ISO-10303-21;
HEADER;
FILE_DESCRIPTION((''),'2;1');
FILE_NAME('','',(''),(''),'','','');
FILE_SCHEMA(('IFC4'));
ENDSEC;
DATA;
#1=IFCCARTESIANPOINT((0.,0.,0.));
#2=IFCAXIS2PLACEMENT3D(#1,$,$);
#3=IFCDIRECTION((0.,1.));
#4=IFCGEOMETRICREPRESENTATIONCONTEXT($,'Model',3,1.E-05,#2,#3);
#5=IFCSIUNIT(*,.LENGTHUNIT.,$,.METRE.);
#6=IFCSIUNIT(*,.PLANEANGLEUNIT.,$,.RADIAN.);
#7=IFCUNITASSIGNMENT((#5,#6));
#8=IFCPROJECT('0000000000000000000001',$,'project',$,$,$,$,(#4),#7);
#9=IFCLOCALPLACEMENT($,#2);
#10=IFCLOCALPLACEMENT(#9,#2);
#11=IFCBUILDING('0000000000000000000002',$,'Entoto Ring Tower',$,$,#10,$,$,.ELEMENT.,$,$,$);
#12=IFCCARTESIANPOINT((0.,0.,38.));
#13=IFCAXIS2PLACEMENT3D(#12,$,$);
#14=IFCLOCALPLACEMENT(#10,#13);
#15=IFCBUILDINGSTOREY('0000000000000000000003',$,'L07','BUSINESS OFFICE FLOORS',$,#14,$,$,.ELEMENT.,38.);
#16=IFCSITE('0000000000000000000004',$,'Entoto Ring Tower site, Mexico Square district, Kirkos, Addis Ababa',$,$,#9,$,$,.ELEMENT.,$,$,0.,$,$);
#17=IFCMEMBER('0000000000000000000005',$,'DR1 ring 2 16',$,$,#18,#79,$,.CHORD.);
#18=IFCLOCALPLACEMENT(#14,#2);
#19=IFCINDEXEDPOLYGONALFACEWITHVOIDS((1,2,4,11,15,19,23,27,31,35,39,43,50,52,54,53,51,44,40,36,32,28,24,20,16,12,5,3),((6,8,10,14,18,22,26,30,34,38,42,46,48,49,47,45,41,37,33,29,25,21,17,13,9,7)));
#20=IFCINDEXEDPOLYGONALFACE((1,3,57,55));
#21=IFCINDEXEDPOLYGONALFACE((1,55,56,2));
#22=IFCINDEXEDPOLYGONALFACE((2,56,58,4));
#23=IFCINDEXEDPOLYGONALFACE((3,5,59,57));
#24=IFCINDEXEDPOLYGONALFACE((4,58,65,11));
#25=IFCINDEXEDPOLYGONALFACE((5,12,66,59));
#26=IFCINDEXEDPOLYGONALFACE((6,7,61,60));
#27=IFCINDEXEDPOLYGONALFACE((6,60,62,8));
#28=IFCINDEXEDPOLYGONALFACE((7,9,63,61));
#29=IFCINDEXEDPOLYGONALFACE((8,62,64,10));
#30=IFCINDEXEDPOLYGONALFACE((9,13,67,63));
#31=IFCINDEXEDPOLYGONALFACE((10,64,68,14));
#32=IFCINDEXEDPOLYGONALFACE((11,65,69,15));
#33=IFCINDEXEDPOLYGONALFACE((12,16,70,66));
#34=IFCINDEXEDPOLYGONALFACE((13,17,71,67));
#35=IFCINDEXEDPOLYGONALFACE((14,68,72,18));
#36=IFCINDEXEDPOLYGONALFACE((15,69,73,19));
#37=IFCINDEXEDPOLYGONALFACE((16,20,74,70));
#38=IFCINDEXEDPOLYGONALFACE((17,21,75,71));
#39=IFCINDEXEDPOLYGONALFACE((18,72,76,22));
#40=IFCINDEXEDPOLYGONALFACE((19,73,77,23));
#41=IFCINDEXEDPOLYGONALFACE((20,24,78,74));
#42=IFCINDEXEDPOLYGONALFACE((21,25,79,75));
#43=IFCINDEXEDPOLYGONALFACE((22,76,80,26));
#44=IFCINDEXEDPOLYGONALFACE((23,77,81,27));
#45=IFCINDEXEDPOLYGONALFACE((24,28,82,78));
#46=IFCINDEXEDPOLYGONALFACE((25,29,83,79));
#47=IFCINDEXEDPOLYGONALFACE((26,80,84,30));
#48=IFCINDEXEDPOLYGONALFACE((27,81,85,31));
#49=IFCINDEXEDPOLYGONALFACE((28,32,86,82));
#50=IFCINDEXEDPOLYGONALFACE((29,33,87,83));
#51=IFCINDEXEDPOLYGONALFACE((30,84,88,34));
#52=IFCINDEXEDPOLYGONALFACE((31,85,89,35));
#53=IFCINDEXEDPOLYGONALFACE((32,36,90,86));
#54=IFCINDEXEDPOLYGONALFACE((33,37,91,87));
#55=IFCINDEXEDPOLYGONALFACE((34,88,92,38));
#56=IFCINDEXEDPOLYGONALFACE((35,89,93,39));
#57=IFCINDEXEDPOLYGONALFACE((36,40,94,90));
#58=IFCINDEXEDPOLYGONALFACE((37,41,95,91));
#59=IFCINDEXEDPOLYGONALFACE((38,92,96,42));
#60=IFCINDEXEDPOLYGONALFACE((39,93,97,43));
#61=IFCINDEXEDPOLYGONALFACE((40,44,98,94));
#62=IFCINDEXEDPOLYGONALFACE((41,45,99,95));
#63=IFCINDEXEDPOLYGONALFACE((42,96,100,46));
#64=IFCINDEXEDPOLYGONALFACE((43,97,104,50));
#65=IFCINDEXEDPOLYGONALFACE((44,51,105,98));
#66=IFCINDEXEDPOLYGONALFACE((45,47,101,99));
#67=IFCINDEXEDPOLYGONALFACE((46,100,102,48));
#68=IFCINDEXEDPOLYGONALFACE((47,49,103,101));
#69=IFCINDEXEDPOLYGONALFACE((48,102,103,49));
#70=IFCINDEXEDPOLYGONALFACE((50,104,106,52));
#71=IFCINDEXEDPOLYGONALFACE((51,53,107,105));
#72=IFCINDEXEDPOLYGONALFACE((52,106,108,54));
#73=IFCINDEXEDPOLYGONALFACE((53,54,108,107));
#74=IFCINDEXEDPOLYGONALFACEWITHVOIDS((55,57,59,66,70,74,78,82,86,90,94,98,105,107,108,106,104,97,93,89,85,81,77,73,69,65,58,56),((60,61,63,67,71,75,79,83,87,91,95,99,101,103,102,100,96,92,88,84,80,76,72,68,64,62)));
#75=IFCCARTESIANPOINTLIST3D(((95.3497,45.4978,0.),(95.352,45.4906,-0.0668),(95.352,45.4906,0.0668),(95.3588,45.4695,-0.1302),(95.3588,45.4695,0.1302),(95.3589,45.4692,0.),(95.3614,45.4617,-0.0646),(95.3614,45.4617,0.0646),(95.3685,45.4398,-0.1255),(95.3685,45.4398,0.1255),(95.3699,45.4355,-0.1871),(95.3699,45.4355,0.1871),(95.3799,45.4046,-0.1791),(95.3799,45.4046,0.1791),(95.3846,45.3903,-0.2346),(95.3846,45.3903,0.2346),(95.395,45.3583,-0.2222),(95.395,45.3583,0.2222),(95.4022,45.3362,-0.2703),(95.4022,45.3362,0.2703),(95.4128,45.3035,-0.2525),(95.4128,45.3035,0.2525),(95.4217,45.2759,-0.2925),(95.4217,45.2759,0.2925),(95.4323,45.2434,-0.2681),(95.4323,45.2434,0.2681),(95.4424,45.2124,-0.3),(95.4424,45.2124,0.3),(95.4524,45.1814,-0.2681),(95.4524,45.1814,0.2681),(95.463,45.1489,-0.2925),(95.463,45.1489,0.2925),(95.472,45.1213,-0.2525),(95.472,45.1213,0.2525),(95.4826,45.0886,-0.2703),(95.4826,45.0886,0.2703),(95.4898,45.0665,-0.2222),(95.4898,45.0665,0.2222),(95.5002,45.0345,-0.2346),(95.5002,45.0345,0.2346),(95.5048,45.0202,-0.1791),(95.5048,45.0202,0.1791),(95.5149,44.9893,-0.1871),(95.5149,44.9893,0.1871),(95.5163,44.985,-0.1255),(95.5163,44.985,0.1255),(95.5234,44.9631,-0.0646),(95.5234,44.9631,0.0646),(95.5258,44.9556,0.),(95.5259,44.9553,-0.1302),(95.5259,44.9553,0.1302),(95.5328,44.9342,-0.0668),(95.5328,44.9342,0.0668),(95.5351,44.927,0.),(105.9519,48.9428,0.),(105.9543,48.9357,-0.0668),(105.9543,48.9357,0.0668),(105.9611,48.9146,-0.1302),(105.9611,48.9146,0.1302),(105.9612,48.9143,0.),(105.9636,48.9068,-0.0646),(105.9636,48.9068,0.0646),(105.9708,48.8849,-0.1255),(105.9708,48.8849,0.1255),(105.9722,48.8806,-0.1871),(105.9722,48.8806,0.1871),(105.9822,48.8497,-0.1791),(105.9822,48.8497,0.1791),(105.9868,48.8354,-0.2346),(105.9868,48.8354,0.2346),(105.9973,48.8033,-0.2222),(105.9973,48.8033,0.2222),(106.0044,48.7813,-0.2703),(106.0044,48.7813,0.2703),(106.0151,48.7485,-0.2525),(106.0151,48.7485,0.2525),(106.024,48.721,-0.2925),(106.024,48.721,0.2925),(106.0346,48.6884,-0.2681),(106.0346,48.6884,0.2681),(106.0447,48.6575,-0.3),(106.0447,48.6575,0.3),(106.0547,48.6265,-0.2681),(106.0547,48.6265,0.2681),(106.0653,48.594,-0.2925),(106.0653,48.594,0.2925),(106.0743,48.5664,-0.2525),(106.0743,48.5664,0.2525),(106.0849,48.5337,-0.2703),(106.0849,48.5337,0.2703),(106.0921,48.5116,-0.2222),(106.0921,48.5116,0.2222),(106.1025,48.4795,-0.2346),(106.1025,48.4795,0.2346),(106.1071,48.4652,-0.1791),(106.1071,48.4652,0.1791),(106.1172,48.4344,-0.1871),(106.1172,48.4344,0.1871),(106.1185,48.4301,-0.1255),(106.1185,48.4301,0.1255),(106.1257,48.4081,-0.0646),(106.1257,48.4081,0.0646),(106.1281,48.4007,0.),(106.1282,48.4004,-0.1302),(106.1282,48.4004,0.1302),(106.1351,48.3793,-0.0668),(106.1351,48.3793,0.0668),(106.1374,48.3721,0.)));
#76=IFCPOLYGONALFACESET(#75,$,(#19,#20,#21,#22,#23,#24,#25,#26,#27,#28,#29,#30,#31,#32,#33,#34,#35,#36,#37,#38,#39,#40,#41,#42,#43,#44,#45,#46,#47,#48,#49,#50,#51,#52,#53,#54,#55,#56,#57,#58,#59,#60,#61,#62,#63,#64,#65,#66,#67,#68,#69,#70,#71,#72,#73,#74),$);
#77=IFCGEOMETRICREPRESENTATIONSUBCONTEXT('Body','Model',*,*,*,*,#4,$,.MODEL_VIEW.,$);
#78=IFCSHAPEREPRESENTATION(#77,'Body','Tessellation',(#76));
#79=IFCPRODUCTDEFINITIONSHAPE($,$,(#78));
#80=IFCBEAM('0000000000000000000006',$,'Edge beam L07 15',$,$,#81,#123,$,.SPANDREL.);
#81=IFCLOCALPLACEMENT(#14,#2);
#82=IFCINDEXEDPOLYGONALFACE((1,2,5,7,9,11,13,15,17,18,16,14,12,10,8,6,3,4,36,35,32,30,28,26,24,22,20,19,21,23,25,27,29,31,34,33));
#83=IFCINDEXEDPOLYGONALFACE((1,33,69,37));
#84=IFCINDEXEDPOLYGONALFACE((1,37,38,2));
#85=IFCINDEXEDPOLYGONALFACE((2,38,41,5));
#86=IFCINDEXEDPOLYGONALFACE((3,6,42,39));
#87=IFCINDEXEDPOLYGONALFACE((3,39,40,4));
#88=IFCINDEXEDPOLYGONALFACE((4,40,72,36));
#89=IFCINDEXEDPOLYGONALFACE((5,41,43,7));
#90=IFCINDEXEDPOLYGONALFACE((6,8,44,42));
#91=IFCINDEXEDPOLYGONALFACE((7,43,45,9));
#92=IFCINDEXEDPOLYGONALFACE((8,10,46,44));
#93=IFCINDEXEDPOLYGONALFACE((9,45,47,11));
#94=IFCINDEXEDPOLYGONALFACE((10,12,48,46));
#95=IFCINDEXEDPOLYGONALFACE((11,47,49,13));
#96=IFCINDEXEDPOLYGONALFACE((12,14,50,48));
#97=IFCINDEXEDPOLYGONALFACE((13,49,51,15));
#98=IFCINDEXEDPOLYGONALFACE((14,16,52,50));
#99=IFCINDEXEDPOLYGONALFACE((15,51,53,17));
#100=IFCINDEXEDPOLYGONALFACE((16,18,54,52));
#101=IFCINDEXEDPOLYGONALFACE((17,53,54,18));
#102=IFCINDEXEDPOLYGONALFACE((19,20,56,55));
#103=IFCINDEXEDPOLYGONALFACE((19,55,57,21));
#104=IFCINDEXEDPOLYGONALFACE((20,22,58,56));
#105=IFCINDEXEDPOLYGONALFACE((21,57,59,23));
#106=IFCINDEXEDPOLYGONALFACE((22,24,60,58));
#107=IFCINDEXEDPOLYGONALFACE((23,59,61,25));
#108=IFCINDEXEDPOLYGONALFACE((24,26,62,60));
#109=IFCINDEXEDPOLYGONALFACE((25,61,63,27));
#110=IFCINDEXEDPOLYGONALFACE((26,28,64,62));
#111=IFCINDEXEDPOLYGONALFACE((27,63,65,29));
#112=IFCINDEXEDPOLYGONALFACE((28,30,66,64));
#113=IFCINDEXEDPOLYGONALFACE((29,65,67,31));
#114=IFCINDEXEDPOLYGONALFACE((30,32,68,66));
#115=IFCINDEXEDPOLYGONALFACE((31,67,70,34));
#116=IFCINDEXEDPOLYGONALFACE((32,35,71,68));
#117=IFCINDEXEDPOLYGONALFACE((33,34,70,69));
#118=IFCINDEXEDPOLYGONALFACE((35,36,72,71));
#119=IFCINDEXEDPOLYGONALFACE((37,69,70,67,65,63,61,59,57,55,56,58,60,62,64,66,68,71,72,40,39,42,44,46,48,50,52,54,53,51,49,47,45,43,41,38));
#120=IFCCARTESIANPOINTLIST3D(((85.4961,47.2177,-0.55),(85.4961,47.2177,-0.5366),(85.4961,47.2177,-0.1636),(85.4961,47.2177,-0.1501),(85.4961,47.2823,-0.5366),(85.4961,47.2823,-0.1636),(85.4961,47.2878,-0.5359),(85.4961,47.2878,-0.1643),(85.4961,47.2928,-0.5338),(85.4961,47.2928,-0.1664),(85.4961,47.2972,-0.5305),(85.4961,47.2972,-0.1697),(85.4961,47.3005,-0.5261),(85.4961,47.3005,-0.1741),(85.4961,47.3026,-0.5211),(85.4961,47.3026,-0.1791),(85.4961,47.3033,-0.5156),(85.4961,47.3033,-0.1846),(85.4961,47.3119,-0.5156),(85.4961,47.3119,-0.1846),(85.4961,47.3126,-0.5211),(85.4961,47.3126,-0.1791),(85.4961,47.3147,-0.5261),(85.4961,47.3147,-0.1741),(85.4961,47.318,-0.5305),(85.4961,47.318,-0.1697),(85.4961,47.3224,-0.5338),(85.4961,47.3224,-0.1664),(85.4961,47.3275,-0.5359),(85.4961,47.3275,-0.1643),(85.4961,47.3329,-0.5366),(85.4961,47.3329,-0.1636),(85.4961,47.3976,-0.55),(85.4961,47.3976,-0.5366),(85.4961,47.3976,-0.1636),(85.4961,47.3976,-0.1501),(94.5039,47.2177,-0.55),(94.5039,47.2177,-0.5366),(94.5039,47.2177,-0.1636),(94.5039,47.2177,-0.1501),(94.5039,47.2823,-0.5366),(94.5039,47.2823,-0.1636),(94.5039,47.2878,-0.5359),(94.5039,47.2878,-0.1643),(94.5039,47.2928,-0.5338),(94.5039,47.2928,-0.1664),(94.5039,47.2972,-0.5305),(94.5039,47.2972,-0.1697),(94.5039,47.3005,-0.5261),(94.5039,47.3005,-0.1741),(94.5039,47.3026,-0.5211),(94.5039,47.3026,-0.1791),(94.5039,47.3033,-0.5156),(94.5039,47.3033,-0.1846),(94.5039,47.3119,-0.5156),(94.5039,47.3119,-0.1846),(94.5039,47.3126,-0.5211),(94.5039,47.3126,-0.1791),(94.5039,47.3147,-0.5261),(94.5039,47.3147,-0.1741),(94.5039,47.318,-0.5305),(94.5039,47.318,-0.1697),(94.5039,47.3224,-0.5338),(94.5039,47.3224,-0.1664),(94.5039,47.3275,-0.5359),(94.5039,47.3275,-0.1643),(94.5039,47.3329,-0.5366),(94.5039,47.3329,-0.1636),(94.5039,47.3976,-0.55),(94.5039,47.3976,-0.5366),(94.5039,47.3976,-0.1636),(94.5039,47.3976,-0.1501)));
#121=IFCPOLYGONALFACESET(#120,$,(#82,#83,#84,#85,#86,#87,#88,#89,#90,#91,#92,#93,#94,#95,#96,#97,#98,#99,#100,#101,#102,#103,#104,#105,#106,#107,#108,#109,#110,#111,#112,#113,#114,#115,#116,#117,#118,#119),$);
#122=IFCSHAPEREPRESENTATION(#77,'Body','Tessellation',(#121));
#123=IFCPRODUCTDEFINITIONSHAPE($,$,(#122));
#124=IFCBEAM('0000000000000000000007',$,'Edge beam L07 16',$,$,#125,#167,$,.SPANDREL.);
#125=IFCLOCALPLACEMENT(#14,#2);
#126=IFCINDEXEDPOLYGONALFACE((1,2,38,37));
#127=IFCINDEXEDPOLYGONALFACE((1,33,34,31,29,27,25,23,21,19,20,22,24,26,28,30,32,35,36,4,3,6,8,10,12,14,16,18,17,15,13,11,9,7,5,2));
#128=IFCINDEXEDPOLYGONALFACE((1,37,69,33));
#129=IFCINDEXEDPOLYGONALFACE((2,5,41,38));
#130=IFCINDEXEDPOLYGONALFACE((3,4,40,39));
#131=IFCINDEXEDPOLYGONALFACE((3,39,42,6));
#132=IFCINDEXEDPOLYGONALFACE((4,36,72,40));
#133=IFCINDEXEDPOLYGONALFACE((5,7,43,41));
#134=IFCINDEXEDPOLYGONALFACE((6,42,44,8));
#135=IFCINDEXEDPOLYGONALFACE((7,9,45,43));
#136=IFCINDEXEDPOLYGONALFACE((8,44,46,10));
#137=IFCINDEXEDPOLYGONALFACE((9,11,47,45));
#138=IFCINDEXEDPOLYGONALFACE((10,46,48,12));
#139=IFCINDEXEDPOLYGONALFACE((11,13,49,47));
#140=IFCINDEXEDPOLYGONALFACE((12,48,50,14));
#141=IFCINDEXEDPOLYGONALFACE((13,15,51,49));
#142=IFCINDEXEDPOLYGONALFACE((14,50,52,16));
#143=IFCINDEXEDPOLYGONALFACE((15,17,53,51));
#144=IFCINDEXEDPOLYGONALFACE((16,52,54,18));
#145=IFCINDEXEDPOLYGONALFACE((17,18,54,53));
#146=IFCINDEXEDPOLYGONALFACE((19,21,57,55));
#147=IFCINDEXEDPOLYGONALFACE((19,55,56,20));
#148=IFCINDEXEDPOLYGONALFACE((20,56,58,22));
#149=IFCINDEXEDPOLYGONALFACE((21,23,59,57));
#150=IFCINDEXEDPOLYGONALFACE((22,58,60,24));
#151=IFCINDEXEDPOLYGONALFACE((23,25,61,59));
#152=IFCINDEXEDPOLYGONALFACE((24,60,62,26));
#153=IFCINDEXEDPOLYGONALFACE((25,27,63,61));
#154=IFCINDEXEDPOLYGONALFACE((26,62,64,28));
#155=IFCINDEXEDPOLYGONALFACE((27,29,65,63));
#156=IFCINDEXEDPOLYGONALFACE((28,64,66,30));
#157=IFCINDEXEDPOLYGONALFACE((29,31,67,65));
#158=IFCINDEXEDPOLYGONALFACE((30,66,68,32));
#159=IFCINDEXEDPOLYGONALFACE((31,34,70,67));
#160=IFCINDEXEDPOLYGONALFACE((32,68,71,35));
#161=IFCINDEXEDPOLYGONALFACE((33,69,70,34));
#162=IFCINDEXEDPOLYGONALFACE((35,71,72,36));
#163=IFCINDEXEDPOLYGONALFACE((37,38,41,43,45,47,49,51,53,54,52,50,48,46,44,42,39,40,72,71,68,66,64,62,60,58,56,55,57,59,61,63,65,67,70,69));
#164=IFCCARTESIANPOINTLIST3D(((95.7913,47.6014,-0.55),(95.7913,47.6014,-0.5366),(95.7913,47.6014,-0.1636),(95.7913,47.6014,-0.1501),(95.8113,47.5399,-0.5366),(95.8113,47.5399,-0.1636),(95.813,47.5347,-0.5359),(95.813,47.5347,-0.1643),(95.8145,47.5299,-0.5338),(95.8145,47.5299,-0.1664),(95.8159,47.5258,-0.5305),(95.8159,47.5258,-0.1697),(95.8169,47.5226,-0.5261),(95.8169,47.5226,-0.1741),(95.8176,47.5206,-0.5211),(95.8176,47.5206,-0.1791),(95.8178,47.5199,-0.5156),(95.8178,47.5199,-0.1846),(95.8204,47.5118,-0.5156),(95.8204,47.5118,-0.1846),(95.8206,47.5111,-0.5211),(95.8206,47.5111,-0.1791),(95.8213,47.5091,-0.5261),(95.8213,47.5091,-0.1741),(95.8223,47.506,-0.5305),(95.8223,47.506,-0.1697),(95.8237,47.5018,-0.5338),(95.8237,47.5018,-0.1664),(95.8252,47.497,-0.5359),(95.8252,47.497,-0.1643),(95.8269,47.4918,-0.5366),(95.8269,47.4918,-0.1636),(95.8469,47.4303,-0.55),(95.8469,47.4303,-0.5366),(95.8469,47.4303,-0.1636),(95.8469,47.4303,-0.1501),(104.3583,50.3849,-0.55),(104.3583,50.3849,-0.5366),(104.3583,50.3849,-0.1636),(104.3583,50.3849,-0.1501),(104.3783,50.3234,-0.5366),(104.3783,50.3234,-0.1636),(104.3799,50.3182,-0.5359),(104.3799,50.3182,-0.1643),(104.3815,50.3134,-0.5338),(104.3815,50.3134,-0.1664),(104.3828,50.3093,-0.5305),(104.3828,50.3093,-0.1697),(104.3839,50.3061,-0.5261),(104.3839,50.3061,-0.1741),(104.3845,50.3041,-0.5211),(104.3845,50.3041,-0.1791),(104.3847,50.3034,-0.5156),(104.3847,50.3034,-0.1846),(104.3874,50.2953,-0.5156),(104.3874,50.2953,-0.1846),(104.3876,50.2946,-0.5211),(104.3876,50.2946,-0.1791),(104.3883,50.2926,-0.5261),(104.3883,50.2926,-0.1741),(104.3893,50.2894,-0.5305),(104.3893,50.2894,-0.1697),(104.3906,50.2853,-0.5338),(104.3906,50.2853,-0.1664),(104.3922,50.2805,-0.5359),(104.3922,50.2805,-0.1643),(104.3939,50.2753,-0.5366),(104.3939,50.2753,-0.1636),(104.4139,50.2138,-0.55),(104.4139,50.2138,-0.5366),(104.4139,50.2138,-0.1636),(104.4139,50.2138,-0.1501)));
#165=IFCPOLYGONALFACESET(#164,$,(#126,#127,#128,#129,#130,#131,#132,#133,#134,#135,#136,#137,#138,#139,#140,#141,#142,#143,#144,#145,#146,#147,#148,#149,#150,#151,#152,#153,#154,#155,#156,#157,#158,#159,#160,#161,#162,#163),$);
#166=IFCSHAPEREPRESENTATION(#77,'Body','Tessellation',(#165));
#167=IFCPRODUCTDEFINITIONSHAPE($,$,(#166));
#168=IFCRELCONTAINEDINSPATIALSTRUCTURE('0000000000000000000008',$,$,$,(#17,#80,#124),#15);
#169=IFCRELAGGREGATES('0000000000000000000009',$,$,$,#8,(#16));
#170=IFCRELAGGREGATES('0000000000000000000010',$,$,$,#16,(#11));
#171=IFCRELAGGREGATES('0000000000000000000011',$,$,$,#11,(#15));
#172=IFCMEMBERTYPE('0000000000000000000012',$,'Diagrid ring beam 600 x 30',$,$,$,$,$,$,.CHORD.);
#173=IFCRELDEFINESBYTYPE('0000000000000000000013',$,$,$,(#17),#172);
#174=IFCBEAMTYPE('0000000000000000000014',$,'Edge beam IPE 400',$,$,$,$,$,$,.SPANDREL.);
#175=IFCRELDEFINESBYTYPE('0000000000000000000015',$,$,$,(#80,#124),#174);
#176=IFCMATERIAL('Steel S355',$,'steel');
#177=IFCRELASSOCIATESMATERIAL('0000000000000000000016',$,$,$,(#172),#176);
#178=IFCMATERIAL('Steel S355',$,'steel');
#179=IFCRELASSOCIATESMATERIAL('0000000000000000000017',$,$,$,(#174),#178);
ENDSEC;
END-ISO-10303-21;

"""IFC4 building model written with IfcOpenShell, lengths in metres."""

from ifc_helpers import new_model, si_unit, direction, frame, origin, origin_2d, place, context, subcontext, project, spatial, circle, hollow_circle, i_section, extrude, material, material_profile, profile_set, type_object, element, save


model = new_model("IFC4")

# Units and contexts
model_context = context("Model", 3, precision=1e-05, world=origin(), true_north=direction((0.0, 1.0)))
body_context = subcontext(model_context, "Body", "Model", "MODEL_VIEW")
ifc_project = project(units=[si_unit("LENGTHUNIT", "METRE"), si_unit("PLANEANGLEUNIT", "RADIAN")], contexts=[model_context])

# Site, building, storey
site_placement = place(None, origin())
site = spatial("IfcSite", under=ifc_project, at=site_placement, Name="Entoto Ring Tower site, Mexico Square district, Kirkos, Addis Ababa", CompositionType="ELEMENT", RefElevation=0.0)
building_placement = place(site_placement, origin())
building = spatial("IfcBuilding", under=site, at=building_placement, Name="Entoto Ring Tower", CompositionType="ELEMENT")
storey_placement = place(building_placement, frame((0.0, 0.0, 38.0)))
storey = spatial("IfcBuildingStorey", under=building, at=storey_placement, Name="L07", Description="BUSINESS OFFICE FLOORS", CompositionType="ELEMENT", Elevation=38.0)

# Member
ifc_material_1 = material(Name="Steel S355", Category="steel")
ifc_material_profile_1 = material_profile(ifc_material_1, hollow_circle(Radius=0.3, WallThickness=0.03, at=origin_2d()), Name="CHS 600 x 30")
ifc_material_2 = material(Name="Concrete C60/75", Category="concrete")
ifc_material_profile_2 = material_profile(ifc_material_2, circle(Radius=0.27, at=origin_2d()), Name="Concrete C60/75 infill")
ifc_profile_set_1 = profile_set([ifc_material_profile_1, ifc_material_profile_2], Name="Steel S355")
member_type = type_object("IfcMemberType", Name="Diagrid ring beam 600 x 30", PredefinedType="CHORD", material=ifc_profile_set_1)
member_placement = place(storey_placement, frame((95.4424, 45.2124, 0.0), z_axis=(0.951052, 0.309031, 0.0), x_axis=(-0.309031, 0.951052, 0.0)))
element("IfcMember", 1, at=member_placement, inside=storey, type_object=member_type, Name="DR1 ring 2 16", PredefinedType="CHORD", context=body_context, shape_type="SweptSolid", body=[
    extrude(hollow_circle(Radius=0.3, WallThickness=0.03, at=origin_2d()), origin(), (0.0, 0.0, 1.0), 11.1479),
])

# Beams
ifc_material_3 = material(Name="Steel S355", Category="steel")
ifc_material_profile_3 = material_profile(ifc_material_3, i_section(OverallWidth=0.1799, OverallDepth=0.3999, WebThickness=0.0085, FlangeThickness=0.0134, FilletRadius=0.021, at=origin_2d()), Name="IPE 400")
ifc_profile_set_2 = profile_set([ifc_material_profile_3], Name="Steel S355")
beam_type_1 = type_object("IfcBeamType", Name="Edge beam IPE 400", PredefinedType="SPANDREL", material=ifc_profile_set_2)
for number, where, z_axis, x_axis, name in (
    (2, (85.4961, 47.3076, -0.3501), (1.0, 0.0, 0.0), (0.0, 1.0, 0.0), "Edge beam L07 15"),
    (3, (95.8191, 47.5159, -0.3501), (0.95106, 0.309006, 0.0), (-0.309006, 0.95106, 0.0), "Edge beam L07 16"),
):
    element("IfcBeam", number, at=place(storey_placement, frame(where, z_axis=z_axis, x_axis=x_axis)), inside=storey, type_object=beam_type_1, Name=name, PredefinedType="SPANDREL", context=body_context, shape_type="SweptSolid", body=[
        extrude(i_section(OverallWidth=0.1799, OverallDepth=0.3999, WebThickness=0.0085, FlangeThickness=0.0134, FilletRadius=0.021, at=origin_2d()), origin(), (0.0, 0.0, 1.0), 9.0078),
    ])

save(model, "model.ifc")
